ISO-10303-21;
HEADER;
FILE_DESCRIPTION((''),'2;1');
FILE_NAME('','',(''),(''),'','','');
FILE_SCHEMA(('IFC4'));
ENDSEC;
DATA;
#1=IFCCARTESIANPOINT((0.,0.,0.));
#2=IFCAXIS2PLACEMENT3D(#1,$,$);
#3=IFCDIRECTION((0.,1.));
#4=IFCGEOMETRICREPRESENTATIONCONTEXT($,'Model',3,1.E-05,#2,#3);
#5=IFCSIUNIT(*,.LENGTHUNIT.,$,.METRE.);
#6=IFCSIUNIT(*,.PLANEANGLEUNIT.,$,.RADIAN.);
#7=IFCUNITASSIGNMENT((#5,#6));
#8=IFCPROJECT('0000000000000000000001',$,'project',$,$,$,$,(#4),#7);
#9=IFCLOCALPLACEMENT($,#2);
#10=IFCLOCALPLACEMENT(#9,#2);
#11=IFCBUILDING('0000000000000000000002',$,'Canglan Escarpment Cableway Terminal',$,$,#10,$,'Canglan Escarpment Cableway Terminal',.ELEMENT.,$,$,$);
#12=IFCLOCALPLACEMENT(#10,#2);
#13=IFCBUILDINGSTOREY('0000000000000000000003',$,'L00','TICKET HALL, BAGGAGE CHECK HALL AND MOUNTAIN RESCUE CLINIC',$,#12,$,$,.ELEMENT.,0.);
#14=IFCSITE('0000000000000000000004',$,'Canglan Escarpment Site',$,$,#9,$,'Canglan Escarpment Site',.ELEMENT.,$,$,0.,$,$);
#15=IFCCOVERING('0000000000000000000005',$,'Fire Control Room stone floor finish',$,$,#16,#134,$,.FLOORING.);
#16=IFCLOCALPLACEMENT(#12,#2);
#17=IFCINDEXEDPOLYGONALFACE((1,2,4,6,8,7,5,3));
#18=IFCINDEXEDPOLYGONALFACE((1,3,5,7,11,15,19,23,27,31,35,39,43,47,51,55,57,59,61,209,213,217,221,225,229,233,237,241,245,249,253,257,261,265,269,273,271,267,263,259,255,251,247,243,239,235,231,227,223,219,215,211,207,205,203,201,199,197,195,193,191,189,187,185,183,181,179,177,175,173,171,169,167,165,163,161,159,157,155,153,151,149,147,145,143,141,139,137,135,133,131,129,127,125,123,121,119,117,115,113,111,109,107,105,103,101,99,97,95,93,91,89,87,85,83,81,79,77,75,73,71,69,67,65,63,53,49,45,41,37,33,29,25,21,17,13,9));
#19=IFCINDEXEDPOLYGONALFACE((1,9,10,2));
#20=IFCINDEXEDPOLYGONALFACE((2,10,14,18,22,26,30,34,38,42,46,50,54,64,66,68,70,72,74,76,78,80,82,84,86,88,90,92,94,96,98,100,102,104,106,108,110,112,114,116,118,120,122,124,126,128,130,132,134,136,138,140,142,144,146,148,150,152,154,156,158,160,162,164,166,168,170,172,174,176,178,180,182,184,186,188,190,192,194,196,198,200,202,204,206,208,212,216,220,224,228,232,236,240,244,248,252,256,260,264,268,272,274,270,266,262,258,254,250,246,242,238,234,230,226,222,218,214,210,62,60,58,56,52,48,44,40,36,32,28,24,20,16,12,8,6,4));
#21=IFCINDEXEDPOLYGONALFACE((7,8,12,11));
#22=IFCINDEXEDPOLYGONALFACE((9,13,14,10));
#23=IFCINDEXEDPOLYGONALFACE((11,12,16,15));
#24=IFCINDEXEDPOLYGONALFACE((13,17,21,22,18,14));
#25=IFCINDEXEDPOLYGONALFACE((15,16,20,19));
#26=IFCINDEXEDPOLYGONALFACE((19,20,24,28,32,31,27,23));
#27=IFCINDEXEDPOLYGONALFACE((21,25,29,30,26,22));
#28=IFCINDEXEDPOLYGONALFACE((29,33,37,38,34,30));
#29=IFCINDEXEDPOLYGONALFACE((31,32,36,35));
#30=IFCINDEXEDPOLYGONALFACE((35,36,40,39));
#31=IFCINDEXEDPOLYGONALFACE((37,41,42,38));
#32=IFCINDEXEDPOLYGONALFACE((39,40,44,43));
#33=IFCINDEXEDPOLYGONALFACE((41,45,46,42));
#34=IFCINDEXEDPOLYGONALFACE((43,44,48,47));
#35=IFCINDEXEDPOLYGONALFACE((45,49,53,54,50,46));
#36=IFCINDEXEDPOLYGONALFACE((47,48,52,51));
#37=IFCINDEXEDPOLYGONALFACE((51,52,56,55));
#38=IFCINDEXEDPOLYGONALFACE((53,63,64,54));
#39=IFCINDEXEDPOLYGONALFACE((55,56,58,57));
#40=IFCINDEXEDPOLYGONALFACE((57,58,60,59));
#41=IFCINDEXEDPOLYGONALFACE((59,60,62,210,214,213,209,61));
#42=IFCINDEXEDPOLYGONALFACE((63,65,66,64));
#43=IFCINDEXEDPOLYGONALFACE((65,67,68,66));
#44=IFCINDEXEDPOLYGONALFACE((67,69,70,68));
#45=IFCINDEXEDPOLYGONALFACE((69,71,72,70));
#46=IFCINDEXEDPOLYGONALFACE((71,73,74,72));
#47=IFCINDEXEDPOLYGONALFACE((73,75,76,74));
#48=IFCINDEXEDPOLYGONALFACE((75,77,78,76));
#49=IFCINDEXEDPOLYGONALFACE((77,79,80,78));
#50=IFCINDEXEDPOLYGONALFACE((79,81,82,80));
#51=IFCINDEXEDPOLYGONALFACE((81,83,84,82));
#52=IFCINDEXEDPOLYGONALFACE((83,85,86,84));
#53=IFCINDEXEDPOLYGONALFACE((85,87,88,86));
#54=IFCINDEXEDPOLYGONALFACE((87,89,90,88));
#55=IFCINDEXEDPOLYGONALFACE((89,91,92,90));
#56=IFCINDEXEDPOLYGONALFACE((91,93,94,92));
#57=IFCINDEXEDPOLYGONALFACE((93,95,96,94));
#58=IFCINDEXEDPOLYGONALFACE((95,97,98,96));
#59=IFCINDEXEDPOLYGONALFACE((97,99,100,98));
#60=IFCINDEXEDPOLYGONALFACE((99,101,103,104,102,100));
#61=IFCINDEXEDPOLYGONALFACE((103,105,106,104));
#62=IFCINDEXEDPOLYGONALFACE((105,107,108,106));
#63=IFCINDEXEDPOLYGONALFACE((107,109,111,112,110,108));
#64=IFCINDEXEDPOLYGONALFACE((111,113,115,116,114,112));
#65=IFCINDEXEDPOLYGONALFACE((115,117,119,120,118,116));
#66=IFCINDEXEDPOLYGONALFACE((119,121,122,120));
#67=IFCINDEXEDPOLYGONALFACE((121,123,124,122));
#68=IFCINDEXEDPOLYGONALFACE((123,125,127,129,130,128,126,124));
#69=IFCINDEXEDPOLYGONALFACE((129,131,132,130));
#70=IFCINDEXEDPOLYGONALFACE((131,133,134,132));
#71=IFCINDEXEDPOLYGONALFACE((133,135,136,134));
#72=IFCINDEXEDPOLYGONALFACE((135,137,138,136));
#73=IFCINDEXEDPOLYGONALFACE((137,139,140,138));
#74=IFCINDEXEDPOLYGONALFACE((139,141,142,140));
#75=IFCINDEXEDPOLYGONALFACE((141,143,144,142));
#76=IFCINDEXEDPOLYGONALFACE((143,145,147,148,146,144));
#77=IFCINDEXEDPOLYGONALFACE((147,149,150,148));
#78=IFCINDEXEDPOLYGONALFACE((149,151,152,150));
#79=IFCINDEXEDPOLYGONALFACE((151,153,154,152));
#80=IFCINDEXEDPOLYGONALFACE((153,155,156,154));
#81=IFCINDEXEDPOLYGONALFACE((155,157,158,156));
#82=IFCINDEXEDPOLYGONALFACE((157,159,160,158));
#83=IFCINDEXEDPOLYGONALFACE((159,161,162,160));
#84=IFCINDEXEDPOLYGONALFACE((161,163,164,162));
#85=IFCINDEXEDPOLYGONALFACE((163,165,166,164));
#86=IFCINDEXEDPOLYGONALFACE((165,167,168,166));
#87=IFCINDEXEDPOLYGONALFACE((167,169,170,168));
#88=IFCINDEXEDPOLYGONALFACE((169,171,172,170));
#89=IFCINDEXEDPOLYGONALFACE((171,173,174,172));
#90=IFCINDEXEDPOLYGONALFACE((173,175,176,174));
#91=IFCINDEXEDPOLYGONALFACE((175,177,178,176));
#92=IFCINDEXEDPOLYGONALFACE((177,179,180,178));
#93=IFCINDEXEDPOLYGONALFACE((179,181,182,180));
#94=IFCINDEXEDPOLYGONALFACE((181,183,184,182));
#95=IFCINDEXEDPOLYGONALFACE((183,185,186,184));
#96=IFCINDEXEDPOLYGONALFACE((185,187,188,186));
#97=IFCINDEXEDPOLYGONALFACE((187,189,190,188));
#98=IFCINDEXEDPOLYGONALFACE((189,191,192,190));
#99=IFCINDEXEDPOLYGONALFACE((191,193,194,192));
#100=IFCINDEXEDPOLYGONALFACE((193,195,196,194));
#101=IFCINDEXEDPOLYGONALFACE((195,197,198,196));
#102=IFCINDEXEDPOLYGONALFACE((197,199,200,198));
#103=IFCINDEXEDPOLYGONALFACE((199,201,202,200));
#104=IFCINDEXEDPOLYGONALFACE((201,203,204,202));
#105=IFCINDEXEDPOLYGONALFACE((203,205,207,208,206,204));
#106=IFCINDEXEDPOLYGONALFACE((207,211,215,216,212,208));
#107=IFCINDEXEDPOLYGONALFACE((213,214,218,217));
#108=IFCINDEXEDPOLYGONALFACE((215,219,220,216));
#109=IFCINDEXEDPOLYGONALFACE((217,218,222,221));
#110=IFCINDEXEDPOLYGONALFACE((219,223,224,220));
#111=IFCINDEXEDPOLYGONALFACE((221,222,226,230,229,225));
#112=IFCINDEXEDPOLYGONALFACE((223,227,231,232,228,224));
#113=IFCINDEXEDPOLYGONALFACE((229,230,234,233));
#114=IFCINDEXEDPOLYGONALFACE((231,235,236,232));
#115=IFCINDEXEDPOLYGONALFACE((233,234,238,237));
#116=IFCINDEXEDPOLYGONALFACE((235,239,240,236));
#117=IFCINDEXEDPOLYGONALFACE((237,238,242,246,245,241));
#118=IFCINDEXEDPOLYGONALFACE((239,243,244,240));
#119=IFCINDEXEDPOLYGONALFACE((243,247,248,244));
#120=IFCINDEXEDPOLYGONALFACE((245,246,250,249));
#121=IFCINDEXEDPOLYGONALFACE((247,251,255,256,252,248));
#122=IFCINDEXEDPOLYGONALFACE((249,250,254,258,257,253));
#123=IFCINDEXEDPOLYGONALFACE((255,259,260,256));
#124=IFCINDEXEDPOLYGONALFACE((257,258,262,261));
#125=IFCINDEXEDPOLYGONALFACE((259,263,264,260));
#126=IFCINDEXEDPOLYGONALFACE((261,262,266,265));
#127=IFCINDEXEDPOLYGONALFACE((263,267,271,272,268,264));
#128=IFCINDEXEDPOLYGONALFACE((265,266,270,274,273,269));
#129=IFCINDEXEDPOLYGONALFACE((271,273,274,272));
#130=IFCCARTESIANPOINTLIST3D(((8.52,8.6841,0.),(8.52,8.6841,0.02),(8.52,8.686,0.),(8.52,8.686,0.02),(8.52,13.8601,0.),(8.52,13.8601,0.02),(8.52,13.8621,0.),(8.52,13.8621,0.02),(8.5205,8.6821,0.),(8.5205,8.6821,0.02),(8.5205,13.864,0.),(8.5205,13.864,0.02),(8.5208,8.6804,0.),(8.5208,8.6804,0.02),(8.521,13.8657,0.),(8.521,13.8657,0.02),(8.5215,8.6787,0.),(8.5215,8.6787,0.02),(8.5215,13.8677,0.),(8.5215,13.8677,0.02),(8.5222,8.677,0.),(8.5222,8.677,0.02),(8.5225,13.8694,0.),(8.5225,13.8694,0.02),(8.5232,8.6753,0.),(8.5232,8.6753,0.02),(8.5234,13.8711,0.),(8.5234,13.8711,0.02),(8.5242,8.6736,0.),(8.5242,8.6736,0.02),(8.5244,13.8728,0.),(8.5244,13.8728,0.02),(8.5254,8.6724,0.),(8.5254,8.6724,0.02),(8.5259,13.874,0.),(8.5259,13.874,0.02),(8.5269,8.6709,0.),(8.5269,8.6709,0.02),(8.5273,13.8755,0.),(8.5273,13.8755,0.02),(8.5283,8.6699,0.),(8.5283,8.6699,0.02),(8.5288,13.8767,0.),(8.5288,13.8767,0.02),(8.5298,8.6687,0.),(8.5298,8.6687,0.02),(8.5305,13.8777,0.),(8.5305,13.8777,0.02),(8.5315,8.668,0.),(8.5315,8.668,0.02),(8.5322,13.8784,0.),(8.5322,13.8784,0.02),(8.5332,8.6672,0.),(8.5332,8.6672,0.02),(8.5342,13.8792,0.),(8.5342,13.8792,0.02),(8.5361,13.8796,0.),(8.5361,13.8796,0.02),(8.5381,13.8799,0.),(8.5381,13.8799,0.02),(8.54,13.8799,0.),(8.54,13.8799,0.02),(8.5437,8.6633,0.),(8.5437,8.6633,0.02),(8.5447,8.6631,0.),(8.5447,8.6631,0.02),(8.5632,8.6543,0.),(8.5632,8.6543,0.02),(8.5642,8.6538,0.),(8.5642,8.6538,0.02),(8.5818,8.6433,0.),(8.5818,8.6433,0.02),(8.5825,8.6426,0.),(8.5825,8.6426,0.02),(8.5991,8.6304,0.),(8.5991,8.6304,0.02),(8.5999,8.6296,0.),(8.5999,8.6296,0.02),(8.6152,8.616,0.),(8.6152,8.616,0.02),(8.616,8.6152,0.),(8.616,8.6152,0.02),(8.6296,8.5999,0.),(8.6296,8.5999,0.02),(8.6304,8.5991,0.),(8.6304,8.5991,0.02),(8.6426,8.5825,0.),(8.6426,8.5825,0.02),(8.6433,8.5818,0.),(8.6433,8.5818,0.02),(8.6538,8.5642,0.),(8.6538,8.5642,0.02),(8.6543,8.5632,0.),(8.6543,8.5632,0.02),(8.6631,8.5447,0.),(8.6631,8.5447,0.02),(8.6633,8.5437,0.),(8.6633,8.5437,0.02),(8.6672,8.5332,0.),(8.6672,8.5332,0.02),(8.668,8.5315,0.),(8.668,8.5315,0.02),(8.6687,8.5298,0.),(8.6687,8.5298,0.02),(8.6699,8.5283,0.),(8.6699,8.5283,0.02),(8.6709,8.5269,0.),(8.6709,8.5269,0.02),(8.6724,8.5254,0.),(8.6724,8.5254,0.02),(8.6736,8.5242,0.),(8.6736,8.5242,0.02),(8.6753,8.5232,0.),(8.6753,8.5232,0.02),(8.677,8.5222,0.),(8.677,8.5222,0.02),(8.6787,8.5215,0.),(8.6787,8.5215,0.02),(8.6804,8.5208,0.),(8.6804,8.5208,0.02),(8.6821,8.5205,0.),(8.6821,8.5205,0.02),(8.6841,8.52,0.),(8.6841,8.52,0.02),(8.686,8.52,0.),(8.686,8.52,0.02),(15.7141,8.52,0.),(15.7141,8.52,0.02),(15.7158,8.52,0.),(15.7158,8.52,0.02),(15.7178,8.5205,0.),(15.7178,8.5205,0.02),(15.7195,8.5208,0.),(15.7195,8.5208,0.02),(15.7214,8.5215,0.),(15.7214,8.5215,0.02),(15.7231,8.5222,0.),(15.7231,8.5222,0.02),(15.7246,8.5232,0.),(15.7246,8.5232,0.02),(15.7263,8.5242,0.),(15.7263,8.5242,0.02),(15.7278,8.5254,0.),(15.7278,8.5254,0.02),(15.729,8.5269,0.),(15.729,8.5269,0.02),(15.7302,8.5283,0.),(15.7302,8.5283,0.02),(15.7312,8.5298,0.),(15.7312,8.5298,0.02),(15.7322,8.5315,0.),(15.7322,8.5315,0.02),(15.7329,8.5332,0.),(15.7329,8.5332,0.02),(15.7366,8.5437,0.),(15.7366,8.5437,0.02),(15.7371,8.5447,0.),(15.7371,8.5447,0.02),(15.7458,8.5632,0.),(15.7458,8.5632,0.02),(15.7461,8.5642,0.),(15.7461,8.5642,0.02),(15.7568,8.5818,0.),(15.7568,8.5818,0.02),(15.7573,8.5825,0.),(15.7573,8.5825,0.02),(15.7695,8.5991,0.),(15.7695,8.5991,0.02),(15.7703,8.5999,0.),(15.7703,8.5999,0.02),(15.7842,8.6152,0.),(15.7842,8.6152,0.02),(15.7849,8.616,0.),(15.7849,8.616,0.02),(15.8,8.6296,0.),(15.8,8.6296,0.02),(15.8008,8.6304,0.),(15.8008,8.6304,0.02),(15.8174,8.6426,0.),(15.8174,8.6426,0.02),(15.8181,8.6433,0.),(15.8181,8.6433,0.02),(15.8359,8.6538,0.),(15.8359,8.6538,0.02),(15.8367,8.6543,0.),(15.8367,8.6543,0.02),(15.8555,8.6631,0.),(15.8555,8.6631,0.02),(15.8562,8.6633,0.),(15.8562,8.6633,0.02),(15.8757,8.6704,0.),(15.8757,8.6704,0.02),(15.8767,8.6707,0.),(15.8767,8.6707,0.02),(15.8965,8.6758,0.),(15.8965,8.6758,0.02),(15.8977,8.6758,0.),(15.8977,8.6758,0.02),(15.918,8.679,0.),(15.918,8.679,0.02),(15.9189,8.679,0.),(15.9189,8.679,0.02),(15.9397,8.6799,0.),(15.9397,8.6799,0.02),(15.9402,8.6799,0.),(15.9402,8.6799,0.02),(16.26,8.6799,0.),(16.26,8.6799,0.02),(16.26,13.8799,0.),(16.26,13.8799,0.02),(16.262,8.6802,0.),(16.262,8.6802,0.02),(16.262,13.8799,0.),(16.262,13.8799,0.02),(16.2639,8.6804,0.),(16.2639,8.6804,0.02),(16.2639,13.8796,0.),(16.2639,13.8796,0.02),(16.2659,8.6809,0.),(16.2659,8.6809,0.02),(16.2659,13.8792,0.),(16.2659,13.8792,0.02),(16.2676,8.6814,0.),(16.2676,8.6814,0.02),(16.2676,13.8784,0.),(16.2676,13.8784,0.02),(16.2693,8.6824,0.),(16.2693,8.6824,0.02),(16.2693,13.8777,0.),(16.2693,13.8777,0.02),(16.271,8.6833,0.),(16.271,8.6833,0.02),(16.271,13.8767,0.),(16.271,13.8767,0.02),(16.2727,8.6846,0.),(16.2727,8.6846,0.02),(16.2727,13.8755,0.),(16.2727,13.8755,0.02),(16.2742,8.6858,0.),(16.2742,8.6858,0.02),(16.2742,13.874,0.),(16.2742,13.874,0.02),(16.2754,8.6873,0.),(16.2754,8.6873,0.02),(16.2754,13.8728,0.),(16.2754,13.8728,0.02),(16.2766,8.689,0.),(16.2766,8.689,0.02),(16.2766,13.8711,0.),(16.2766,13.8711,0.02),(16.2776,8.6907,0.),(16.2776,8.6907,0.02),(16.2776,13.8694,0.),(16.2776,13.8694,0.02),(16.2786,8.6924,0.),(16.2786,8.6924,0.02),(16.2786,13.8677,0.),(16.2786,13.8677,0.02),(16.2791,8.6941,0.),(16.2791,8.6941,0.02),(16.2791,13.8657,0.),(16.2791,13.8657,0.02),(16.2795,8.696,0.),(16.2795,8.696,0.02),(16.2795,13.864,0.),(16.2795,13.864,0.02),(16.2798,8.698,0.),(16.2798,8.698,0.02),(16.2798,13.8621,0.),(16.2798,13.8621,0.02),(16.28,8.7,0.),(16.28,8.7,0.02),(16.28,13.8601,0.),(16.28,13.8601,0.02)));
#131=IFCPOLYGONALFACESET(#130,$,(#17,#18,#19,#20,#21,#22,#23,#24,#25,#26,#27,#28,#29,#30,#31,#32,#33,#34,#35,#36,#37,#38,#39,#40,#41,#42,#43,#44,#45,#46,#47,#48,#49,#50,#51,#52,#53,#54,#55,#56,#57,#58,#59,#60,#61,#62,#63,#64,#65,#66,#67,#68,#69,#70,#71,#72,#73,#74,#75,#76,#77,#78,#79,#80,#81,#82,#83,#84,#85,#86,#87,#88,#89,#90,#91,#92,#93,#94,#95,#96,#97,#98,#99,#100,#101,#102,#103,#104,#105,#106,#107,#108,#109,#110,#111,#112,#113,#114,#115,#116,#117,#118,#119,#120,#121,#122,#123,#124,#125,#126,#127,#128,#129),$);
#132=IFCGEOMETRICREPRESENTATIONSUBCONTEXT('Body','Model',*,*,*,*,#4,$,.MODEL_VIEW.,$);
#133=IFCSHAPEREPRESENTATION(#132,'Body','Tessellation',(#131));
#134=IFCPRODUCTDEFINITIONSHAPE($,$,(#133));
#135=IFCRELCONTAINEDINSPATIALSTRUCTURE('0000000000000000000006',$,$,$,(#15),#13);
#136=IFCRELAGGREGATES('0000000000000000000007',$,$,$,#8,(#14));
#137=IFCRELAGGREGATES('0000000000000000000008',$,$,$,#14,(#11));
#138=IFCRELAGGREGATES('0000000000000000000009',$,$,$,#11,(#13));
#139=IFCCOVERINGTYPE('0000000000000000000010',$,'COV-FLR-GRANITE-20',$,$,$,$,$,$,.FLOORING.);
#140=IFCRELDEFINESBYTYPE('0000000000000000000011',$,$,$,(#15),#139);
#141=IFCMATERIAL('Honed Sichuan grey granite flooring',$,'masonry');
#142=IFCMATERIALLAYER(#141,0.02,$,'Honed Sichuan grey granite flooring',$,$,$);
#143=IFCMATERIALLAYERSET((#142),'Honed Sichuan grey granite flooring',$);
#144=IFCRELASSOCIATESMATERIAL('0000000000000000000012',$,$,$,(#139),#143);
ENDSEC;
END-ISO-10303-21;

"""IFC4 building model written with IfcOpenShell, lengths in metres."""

from ifc_helpers import new_model, si_unit, direction, origin, place, context, subcontext, project, spatial, polyline, outline, extrude, material, layer, layer_set, type_object, element, save


model = new_model("IFC4")

# Units and contexts
model_context = context("Model", 3, precision=1e-05, world=origin(), true_north=direction((0.0, 1.0)))
body_context = subcontext(model_context, "Body", "Model", "MODEL_VIEW")
ifc_project = project(units=[si_unit("LENGTHUNIT", "METRE"), si_unit("PLANEANGLEUNIT", "RADIAN")], contexts=[model_context])

# Site, building, storey
site_placement = place(None, origin())
site = spatial("IfcSite", under=ifc_project, at=site_placement, Name="Canglan Escarpment Site", LongName="Canglan Escarpment Site", CompositionType="ELEMENT", RefElevation=0.0)
building_placement = place(site_placement, origin())
building = spatial("IfcBuilding", under=site, at=building_placement, Name="Canglan Escarpment Cableway Terminal", LongName="Canglan Escarpment Cableway Terminal", CompositionType="ELEMENT")
storey_placement = place(building_placement, origin())
storey = spatial("IfcBuildingStorey", under=building, at=storey_placement, Name="L00", Description="TICKET HALL, BAGGAGE CHECK HALL AND MOUNTAIN RESCUE CLINIC", CompositionType="ELEMENT", Elevation=0.0)

# Covering
ifc_material_1 = material(Name="Honed Sichuan grey granite flooring", Category="masonry")
ifc_layer_1 = layer(ifc_material_1, 0.02, Name="Honed Sichuan grey granite flooring")
ifc_layer_set_1 = layer_set([ifc_layer_1], Name="Honed Sichuan grey granite flooring")
covering_type_1 = type_object("IfcCoveringType", Name="COV-FLR-GRANITE-20", PredefinedType="FLOORING", material=ifc_layer_set_1)
covering_1_placement = place(storey_placement, origin())
element("IfcCovering", 1, at=covering_1_placement, inside=storey, type_object=covering_type_1, Name="Fire Control Room stone floor finish", PredefinedType="FLOORING", context=body_context, shape_type="SweptSolid", body=[
    extrude(outline(polyline([(8.5332, 8.6672), (8.5315, 8.668), (8.5298, 8.6687), (8.5283, 8.6699), (8.5269, 8.6709), (8.5254, 8.6724), (8.5242, 8.6736), (8.5232, 8.6753), (8.5222, 8.677), (8.5215, 8.6787), (8.5208, 8.6804), (8.5205, 8.6821), (8.52, 8.6841), (8.52, 8.686), (8.52, 13.8601), (8.52, 13.8621), (8.5205, 13.864), (8.521, 13.8657), (8.5215, 13.8677), (8.5225, 13.8694), (8.5234, 13.8711), (8.5244, 13.8728), (8.5259, 13.874), (8.5273, 13.8755), (8.5288, 13.8767), (8.5305, 13.8777), (8.5322, 13.8784), (8.5342, 13.8792), (8.5361, 13.8796), (8.5381, 13.8799), (8.54, 13.8799), (16.26, 13.8799), (16.262, 13.8799), (16.2639, 13.8796), (16.2659, 13.8792), (16.2676, 13.8784), (16.2693, 13.8777), (16.271, 13.8767), (16.2727, 13.8755), (16.2742, 13.874), (16.2754, 13.8728), (16.2766, 13.8711), (16.2776, 13.8694), (16.2786, 13.8677), (16.2791, 13.8657), (16.2795, 13.864), (16.2798, 13.8621), (16.28, 13.8601), (16.28, 8.7), (16.2798, 8.698), (16.2795, 8.696), (16.2791, 8.6941), (16.2786, 8.6924), (16.2776, 8.6907), (16.2766, 8.689), (16.2754, 8.6873), (16.2742, 8.6858), (16.2727, 8.6846), (16.271, 8.6833), (16.2693, 8.6824), (16.2676, 8.6814), (16.2659, 8.6809), (16.2639, 8.6804), (16.262, 8.6802), (16.26, 8.6799), (15.9402, 8.6799), (15.9397, 8.6799), (15.9189, 8.679), (15.918, 8.679), (15.8977, 8.6758), (15.8965, 8.6758), (15.8767, 8.6707), (15.8757, 8.6704), (15.8562, 8.6633), (15.8555, 8.6631), (15.8367, 8.6543), (15.8359, 8.6538), (15.8181, 8.6433), (15.8174, 8.6426), (15.8008, 8.6304), (15.8, 8.6296), (15.7849, 8.616), (15.7842, 8.6152), (15.7703, 8.5999), (15.7695, 8.5991), (15.7573, 8.5825), (15.7568, 8.5818), (15.7461, 8.5642), (15.7458, 8.5632), (15.7371, 8.5447), (15.7366, 8.5437), (15.7329, 8.5332), (15.7322, 8.5315), (15.7312, 8.5298), (15.7302, 8.5283), (15.729, 8.5269), (15.7278, 8.5254), (15.7263, 8.5242), (15.7246, 8.5232), (15.7231, 8.5222), (15.7214, 8.5215), (15.7195, 8.5208), (15.7178, 8.5205), (15.7158, 8.52), (15.7141, 8.52), (8.686, 8.52), (8.6841, 8.52), (8.6821, 8.5205), (8.6804, 8.5208), (8.6787, 8.5215), (8.677, 8.5222), (8.6753, 8.5232), (8.6736, 8.5242), (8.6724, 8.5254), (8.6709, 8.5269), (8.6699, 8.5283), (8.6687, 8.5298), (8.668, 8.5315), (8.6672, 8.5332), (8.6633, 8.5437), (8.6631, 8.5447), (8.6543, 8.5632), (8.6538, 8.5642), (8.6433, 8.5818), (8.6426, 8.5825), (8.6304, 8.5991), (8.6296, 8.5999), (8.616, 8.6152), (8.6152, 8.616), (8.5999, 8.6296), (8.5991, 8.6304), (8.5825, 8.6426), (8.5818, 8.6433), (8.5642, 8.6538), (8.5632, 8.6543), (8.5447, 8.6631), (8.5437, 8.6633), (8.5332, 8.6672)])), origin(), (0.0, 0.0, 1.0), 0.02),
])

save(model, "model.ifc")
